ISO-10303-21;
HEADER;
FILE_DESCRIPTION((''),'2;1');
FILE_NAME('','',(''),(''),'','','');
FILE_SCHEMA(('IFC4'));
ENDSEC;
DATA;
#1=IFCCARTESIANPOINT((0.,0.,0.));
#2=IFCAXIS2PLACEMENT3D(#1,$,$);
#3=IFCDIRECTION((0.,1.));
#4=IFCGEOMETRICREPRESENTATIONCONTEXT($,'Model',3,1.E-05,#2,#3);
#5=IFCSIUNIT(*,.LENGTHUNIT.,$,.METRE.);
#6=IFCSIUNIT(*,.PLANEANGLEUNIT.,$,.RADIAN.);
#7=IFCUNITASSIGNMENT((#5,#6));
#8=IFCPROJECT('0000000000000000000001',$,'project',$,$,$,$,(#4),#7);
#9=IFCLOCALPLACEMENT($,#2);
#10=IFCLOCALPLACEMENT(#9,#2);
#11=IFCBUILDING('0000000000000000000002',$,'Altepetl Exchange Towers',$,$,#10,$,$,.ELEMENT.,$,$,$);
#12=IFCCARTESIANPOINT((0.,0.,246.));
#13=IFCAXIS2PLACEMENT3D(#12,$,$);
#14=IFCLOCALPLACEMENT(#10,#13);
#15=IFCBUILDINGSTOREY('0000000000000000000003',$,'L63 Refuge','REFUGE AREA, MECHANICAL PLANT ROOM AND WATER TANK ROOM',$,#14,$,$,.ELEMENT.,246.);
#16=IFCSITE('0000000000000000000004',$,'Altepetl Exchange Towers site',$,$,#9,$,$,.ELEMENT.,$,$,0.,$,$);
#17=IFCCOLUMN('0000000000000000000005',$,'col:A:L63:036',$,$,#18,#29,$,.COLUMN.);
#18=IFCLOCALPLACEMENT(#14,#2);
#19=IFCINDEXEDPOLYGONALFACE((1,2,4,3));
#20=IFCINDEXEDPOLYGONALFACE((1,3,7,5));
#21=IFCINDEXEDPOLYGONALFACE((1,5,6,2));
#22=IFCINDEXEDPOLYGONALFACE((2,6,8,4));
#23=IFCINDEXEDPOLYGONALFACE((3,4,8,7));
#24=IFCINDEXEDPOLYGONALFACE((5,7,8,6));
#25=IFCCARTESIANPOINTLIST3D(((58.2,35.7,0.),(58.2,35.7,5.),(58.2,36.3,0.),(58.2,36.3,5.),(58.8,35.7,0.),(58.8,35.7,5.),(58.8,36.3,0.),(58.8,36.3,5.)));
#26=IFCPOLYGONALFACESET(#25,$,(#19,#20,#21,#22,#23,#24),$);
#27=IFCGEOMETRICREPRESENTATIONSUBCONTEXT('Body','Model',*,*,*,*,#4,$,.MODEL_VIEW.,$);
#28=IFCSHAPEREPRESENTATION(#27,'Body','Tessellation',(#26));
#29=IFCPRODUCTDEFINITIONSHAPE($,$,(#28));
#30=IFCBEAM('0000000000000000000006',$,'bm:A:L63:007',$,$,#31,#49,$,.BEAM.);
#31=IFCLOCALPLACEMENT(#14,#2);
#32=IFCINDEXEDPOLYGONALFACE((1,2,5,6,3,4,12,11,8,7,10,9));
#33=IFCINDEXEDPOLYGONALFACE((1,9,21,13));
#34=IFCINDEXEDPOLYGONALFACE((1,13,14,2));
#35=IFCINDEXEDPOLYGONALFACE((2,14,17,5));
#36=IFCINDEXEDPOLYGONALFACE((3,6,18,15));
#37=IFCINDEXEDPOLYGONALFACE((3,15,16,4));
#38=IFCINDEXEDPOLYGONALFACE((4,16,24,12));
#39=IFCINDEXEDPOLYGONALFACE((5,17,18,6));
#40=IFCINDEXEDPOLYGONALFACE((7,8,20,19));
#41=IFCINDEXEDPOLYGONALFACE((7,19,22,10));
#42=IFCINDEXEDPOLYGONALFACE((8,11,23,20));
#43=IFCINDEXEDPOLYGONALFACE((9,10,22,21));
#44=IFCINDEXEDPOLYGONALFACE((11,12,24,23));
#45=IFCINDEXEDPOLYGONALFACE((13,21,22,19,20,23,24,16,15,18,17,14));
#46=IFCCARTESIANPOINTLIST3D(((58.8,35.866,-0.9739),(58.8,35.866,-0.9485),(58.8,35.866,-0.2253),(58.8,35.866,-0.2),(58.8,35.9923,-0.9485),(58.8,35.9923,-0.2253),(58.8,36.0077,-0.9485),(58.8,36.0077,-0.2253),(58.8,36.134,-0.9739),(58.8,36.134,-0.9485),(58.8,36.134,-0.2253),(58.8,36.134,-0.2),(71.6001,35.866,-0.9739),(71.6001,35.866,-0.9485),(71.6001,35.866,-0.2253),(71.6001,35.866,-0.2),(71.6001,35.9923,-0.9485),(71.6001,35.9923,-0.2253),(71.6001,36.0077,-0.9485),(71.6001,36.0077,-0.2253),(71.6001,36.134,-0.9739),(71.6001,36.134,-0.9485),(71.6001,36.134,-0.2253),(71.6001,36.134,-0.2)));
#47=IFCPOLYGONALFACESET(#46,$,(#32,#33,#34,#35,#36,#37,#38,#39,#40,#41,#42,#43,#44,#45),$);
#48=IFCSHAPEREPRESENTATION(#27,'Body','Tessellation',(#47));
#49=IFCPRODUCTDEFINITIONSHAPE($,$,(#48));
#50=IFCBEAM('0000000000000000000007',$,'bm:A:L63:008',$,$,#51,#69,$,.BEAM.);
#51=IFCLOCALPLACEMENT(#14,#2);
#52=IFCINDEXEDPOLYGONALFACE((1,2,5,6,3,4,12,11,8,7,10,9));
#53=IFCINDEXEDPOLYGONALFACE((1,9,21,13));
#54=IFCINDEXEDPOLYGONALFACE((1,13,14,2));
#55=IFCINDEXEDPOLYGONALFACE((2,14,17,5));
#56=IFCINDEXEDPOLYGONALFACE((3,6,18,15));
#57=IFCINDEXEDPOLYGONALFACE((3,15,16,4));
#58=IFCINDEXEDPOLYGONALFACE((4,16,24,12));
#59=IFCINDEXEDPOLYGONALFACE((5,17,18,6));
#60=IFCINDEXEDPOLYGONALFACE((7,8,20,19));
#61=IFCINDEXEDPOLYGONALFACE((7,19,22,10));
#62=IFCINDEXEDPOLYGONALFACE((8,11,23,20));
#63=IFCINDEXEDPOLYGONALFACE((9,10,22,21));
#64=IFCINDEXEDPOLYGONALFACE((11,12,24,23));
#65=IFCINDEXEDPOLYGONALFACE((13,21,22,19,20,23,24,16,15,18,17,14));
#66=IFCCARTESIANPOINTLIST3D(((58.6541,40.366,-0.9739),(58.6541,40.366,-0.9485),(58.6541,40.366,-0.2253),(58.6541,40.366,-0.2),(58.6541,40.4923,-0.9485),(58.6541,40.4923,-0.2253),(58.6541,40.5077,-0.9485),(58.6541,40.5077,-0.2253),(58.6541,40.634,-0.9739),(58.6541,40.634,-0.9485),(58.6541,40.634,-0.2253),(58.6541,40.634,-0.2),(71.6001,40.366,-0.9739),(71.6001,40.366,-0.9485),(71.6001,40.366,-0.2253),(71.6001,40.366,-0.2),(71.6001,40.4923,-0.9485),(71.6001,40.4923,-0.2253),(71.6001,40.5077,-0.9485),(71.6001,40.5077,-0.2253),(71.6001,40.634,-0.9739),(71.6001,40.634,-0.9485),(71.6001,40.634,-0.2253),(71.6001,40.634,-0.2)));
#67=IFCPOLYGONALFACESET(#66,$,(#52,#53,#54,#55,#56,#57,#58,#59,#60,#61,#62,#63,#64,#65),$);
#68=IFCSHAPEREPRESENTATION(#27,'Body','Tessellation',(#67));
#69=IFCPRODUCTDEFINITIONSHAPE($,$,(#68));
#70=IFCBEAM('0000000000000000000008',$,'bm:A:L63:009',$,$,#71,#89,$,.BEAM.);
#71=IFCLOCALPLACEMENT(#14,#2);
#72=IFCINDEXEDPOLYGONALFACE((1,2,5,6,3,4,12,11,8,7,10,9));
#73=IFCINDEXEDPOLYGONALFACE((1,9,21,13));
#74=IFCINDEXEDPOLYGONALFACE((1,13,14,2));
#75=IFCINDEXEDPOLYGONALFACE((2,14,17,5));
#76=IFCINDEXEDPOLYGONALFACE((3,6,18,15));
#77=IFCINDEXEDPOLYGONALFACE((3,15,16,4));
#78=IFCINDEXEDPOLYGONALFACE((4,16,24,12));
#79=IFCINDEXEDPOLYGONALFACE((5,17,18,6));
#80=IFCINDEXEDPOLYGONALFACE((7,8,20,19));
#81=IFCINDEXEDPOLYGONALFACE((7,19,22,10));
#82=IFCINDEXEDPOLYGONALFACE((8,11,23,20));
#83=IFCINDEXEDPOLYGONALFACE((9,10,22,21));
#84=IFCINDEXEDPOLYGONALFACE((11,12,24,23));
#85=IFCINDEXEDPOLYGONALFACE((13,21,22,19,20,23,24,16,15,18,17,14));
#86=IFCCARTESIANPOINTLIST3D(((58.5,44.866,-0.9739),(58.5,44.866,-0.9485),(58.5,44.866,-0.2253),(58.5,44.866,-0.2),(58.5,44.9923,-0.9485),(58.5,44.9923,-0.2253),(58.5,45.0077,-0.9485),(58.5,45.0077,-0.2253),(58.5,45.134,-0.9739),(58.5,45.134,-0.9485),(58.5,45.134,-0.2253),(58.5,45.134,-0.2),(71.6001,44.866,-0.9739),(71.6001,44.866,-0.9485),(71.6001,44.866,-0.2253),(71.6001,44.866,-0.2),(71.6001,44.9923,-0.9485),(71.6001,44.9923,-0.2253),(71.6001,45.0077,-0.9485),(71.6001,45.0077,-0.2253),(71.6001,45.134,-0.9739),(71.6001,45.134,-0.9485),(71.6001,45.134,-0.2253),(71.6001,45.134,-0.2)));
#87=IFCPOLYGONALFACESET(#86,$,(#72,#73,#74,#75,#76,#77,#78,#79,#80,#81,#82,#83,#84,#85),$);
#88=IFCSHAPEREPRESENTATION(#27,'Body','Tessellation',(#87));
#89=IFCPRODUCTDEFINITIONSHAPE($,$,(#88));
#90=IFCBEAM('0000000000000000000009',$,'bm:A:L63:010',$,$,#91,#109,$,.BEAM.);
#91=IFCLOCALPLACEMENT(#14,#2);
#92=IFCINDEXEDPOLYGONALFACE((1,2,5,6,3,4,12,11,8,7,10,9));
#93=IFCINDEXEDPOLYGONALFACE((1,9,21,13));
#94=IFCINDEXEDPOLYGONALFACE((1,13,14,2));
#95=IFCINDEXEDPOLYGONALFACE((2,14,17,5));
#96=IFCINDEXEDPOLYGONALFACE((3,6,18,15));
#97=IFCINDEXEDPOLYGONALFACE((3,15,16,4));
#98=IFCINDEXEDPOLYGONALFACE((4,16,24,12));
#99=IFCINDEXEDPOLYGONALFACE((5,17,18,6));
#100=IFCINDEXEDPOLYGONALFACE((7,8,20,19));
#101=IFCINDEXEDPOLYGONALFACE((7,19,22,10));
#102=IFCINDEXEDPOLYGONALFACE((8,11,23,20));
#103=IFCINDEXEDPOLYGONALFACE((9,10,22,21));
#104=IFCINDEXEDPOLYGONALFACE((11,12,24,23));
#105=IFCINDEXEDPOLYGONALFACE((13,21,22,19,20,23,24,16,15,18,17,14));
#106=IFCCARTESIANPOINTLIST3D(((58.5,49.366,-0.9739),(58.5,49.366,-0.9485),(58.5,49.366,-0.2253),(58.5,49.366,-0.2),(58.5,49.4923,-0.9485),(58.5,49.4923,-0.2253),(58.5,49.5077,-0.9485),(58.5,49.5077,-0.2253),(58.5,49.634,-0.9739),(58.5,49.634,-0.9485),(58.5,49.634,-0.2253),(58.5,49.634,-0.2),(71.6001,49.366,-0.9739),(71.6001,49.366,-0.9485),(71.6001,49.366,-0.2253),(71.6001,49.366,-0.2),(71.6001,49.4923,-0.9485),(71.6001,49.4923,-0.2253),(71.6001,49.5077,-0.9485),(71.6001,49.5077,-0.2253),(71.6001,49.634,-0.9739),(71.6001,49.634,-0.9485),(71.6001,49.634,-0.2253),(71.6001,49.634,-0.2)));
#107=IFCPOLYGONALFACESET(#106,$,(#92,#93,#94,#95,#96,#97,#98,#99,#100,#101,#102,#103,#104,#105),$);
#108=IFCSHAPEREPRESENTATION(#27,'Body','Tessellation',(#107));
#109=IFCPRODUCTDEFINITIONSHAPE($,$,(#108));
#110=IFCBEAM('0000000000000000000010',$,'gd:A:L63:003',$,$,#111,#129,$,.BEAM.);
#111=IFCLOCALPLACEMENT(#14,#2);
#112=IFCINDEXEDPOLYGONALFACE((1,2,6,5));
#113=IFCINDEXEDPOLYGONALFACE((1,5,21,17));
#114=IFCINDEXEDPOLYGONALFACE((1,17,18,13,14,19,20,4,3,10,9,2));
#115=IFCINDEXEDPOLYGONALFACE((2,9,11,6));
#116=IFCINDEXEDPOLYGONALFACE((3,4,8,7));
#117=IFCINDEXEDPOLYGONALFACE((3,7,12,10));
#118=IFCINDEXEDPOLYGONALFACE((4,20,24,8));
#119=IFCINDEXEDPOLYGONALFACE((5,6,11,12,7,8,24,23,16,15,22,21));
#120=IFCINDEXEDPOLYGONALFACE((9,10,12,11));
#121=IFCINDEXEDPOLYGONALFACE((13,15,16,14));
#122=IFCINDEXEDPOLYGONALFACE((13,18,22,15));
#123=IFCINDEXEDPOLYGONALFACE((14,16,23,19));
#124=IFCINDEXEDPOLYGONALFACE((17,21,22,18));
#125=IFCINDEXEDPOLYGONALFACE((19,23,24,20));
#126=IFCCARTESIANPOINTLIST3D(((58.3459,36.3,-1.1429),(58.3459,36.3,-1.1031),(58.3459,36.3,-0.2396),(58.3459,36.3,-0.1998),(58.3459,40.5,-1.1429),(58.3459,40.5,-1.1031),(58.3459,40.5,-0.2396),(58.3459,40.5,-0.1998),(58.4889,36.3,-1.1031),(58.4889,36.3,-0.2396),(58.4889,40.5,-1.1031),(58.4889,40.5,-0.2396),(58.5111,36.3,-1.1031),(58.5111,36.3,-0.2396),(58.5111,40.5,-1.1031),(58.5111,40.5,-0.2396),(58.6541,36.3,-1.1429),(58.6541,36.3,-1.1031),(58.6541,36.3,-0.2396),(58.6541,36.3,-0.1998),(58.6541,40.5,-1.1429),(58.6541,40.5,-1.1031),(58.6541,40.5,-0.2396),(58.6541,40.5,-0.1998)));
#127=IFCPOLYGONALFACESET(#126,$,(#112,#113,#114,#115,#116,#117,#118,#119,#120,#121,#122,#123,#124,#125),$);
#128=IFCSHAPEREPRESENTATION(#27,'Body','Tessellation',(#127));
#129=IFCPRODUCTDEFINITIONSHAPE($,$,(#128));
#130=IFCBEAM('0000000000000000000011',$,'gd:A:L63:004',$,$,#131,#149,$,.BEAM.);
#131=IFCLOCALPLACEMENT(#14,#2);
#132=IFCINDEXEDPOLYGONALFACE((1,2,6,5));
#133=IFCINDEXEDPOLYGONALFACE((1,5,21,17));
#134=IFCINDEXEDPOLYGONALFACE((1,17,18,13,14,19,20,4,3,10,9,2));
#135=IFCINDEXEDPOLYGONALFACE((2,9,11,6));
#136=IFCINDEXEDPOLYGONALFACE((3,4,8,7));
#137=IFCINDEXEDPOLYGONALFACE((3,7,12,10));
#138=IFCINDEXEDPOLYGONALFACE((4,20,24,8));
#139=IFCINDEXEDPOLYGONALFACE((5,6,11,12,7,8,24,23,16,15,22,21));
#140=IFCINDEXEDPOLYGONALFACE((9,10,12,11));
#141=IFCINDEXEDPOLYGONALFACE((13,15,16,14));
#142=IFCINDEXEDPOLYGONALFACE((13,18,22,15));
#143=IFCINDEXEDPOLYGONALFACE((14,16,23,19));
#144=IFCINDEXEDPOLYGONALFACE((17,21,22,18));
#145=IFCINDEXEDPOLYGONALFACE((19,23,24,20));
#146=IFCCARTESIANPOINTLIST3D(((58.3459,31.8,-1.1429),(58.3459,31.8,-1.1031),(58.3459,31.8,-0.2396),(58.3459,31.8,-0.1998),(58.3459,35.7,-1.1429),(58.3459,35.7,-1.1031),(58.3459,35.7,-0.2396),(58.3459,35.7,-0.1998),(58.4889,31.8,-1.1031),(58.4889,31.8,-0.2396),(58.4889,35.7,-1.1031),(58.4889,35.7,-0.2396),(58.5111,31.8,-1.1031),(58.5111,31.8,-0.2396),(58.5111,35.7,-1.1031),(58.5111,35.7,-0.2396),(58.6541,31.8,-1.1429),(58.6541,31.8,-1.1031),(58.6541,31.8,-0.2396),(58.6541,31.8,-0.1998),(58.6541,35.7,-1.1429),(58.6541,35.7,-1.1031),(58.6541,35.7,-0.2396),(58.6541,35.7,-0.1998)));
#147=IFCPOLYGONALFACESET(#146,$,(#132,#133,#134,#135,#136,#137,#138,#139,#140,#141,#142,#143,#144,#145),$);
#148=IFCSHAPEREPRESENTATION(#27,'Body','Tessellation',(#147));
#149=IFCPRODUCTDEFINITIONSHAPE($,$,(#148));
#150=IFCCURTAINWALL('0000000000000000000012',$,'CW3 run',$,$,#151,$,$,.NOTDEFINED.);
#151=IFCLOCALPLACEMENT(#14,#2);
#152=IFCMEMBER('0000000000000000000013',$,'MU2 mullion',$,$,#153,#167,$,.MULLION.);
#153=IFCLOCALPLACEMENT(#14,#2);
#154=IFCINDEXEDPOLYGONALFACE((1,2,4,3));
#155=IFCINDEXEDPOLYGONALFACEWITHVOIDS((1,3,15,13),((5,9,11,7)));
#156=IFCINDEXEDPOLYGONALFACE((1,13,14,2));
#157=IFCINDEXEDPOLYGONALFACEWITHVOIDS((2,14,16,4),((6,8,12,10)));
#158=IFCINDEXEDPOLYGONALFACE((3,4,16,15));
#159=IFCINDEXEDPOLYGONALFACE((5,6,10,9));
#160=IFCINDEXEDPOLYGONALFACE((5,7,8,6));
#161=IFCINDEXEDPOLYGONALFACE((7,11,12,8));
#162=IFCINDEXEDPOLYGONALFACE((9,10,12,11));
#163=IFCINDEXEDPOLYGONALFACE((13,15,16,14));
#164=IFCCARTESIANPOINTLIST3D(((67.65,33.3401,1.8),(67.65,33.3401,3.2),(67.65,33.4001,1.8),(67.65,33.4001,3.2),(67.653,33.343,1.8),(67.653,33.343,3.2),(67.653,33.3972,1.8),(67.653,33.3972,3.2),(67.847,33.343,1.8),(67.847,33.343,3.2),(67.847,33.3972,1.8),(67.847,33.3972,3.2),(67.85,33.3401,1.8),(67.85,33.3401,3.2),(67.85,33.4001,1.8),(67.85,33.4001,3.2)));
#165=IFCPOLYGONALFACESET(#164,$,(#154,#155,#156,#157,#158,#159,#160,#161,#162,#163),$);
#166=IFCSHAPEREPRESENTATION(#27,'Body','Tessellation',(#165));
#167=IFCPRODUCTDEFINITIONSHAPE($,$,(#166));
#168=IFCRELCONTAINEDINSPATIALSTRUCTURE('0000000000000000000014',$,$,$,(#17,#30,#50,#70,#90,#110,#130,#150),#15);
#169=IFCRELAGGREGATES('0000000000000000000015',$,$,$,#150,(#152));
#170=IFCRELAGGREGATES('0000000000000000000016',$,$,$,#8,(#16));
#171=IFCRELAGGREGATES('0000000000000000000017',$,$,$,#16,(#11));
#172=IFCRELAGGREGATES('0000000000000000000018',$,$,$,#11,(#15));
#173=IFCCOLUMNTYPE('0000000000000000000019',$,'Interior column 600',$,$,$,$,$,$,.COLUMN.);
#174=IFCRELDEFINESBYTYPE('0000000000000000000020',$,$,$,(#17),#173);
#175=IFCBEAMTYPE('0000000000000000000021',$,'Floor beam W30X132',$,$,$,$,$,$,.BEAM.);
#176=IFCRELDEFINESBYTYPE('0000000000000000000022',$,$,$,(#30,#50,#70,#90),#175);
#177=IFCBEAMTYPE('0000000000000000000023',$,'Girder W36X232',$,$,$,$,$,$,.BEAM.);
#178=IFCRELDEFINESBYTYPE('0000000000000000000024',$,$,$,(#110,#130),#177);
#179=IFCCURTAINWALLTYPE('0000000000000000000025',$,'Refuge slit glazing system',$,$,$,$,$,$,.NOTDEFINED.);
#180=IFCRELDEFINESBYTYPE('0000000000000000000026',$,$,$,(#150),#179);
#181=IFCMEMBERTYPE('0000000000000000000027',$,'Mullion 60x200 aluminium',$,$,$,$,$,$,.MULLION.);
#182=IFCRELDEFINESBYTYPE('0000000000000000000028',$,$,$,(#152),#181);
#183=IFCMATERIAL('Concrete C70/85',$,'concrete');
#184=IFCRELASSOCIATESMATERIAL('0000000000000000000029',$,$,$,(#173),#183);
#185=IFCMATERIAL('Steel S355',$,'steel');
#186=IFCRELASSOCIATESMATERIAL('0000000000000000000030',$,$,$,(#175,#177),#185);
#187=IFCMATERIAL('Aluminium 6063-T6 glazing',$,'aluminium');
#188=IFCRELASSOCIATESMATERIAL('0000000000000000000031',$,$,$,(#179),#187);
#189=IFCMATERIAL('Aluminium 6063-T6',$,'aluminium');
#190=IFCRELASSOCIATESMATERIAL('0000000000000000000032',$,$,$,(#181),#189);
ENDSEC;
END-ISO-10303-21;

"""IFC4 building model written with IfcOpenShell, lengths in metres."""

from ifc_helpers import new_model, si_unit, direction, frame, origin, origin_2d, place, context, subcontext, project, spatial, rectangle, hollow_rectangle, i_section, extrude, material, material_profile, profile_set, type_object, element, aggregate, save


model = new_model("IFC4")

# Units and contexts
model_context = context("Model", 3, precision=1e-05, world=origin(), true_north=direction((0.0, 1.0)))
body_context = subcontext(model_context, "Body", "Model", "MODEL_VIEW")
ifc_project = project(units=[si_unit("LENGTHUNIT", "METRE"), si_unit("PLANEANGLEUNIT", "RADIAN")], contexts=[model_context])

# Site, building, storey
site_placement = place(None, origin())
site = spatial("IfcSite", under=ifc_project, at=site_placement, Name="Altepetl Exchange Towers site", CompositionType="ELEMENT", RefElevation=0.0)
building_placement = place(site_placement, origin())
building = spatial("IfcBuilding", under=site, at=building_placement, Name="Altepetl Exchange Towers", CompositionType="ELEMENT")
storey_placement = place(building_placement, frame((0.0, 0.0, 246.0)))
storey = spatial("IfcBuildingStorey", under=building, at=storey_placement, Name="L63 Refuge", Description="REFUGE AREA, MECHANICAL PLANT ROOM AND WATER TANK ROOM", CompositionType="ELEMENT", Elevation=246.0)

# Column
ifc_material_1 = material(Name="Concrete C70/85", Category="concrete")
ifc_material_profile_1 = material_profile(ifc_material_1, rectangle(XDim=0.6001, YDim=0.6001, at=origin_2d()), Name="600 x 600")
ifc_profile_set_1 = profile_set([ifc_material_profile_1], Name="Concrete C70/85")
column_type = type_object("IfcColumnType", Name="Interior column 600", PredefinedType="COLUMN", material=ifc_profile_set_1)
column_placement = place(storey_placement, frame((58.5, 36.0, 0.0)))
element("IfcColumn", 1, at=column_placement, inside=storey, type_object=column_type, Name="col:A:L63:036", PredefinedType="COLUMN", context=body_context, shape_type="SweptSolid", body=[
    extrude(rectangle(XDim=0.6001, YDim=0.6001, at=origin_2d()), origin(), (0.0, 0.0, 1.0), 5.0),
])

# Beams
ifc_material_2 = material(Name="Steel S355", Category="steel")
ifc_material_profile_2 = material_profile(ifc_material_2, i_section(OverallWidth=0.2681, OverallDepth=0.7739, WebThickness=0.0154, FlangeThickness=0.0254, at=origin_2d()), Name="W30X132")
ifc_profile_set_2 = profile_set([ifc_material_profile_2], Name="Steel S355")
beam_type_1 = type_object("IfcBeamType", Name="Floor beam W30X132", PredefinedType="BEAM", material=ifc_profile_set_2)
beam_1_placement = place(storey_placement, frame((58.8, 36.0, -0.5869), z_axis=(1.0, 0.0, 0.0), x_axis=(0.0, 1.0, 0.0)))
element("IfcBeam", 2, at=beam_1_placement, inside=storey, type_object=beam_type_1, Name="bm:A:L63:007", PredefinedType="BEAM", context=body_context, shape_type="SweptSolid", body=[
    extrude(i_section(OverallWidth=0.2681, OverallDepth=0.7739, WebThickness=0.0154, FlangeThickness=0.0254, at=origin_2d()), origin(), (0.0, 0.0, 1.0), 12.8),
])
beam_2_placement = place(storey_placement, frame((58.6541, 40.5, -0.5869), z_axis=(1.0, 0.0, 0.0), x_axis=(0.0, 1.0, 0.0)))
element("IfcBeam", 3, at=beam_2_placement, inside=storey, type_object=beam_type_1, Name="bm:A:L63:008", PredefinedType="BEAM", context=body_context, shape_type="SweptSolid", body=[
    extrude(i_section(OverallWidth=0.2681, OverallDepth=0.7739, WebThickness=0.0154, FlangeThickness=0.0254, at=origin_2d()), origin(), (0.0, 0.0, 1.0), 12.946),
])
for number, where, z_axis, x_axis, name in (
    (4, (58.5, 45.0, -0.5869), (1.0, 0.0, 0.0), (0.0, 1.0, 0.0), "bm:A:L63:009"),
    (5, (58.5, 49.5, -0.5869), (1.0, 0.0, 0.0), (0.0, 1.0, 0.0), "bm:A:L63:010"),
):
    element("IfcBeam", number, at=place(storey_placement, frame(where, z_axis=z_axis, x_axis=x_axis)), inside=storey, type_object=beam_type_1, Name=name, PredefinedType="BEAM", context=body_context, shape_type="SweptSolid", body=[
        extrude(i_section(OverallWidth=0.2681, OverallDepth=0.7739, WebThickness=0.0154, FlangeThickness=0.0254, at=origin_2d()), origin(), (0.0, 0.0, 1.0), 13.1001),
    ])
ifc_material_profile_3 = material_profile(ifc_material_2, i_section(OverallWidth=0.3081, OverallDepth=0.9431, WebThickness=0.0222, FlangeThickness=0.0398, at=origin_2d()), Name="W36X232")
ifc_profile_set_3 = profile_set([ifc_material_profile_3], Name="Steel S355")
beam_type_2 = type_object("IfcBeamType", Name="Girder W36X232", PredefinedType="BEAM", material=ifc_profile_set_3)
beam_3_placement = place(storey_placement, frame((58.5, 40.5, -0.6714), z_axis=(0.0, -1.0, 0.0), x_axis=(1.0, 0.0, 0.0)))
element("IfcBeam", 6, at=beam_3_placement, inside=storey, type_object=beam_type_2, Name="gd:A:L63:003", PredefinedType="BEAM", context=body_context, shape_type="SweptSolid", body=[
    extrude(i_section(OverallWidth=0.3081, OverallDepth=0.9431, WebThickness=0.0222, FlangeThickness=0.0398, at=origin_2d()), origin(), (0.0, 0.0, 1.0), 4.2),
])
beam_4_placement = place(storey_placement, frame((58.5, 35.7, -0.6714), z_axis=(0.0, -1.0, 0.0), x_axis=(1.0, 0.0, 0.0)))
element("IfcBeam", 7, at=beam_4_placement, inside=storey, type_object=beam_type_2, Name="gd:A:L63:004", PredefinedType="BEAM", context=body_context, shape_type="SweptSolid", body=[
    extrude(i_section(OverallWidth=0.3081, OverallDepth=0.9431, WebThickness=0.0222, FlangeThickness=0.0398, at=origin_2d()), origin(), (0.0, 0.0, 1.0), 3.8999),
])

# Curtain wall, member
ifc_material_3 = material(Name="Aluminium 6063-T6 glazing", Category="aluminium")
curtain_wall_type = type_object("IfcCurtainWallType", Name="Refuge slit glazing system", PredefinedType="NOTDEFINED", material=ifc_material_3)
curtain_wall_placement = place(storey_placement, origin())
curtain_wall = element("IfcCurtainWall", 8, at=curtain_wall_placement, inside=storey, type_object=curtain_wall_type, Name="CW3 run", PredefinedType="NOTDEFINED")
ifc_material_4 = material(Name="Aluminium 6063-T6", Category="aluminium")
ifc_material_profile_4 = material_profile(ifc_material_4, hollow_rectangle(XDim=0.0601, YDim=0.2, WallThickness=0.0029, at=origin_2d()), Name="Mullion 60x200 aluminium")
ifc_profile_set_4 = profile_set([ifc_material_profile_4], Name="Aluminium 6063-T6")
member_type = type_object("IfcMemberType", Name="Mullion 60x200 aluminium", PredefinedType="MULLION", material=ifc_profile_set_4)
member_placement = place(storey_placement, frame((67.75, 33.3701, 1.8), z_axis=(0.0, 0.0, 1.0), x_axis=(0.0, 1.0, 0.0)))
member = element("IfcMember", 9, at=member_placement, type_object=member_type, Name="MU2 mullion", PredefinedType="MULLION", context=body_context, shape_type="SweptSolid", body=[
    extrude(hollow_rectangle(XDim=0.0601, YDim=0.2, WallThickness=0.0029, at=origin_2d()), origin(), (0.0, 0.0, 1.0), 1.3999),
])
aggregate(curtain_wall, [member])

save(model, "model.ifc")
